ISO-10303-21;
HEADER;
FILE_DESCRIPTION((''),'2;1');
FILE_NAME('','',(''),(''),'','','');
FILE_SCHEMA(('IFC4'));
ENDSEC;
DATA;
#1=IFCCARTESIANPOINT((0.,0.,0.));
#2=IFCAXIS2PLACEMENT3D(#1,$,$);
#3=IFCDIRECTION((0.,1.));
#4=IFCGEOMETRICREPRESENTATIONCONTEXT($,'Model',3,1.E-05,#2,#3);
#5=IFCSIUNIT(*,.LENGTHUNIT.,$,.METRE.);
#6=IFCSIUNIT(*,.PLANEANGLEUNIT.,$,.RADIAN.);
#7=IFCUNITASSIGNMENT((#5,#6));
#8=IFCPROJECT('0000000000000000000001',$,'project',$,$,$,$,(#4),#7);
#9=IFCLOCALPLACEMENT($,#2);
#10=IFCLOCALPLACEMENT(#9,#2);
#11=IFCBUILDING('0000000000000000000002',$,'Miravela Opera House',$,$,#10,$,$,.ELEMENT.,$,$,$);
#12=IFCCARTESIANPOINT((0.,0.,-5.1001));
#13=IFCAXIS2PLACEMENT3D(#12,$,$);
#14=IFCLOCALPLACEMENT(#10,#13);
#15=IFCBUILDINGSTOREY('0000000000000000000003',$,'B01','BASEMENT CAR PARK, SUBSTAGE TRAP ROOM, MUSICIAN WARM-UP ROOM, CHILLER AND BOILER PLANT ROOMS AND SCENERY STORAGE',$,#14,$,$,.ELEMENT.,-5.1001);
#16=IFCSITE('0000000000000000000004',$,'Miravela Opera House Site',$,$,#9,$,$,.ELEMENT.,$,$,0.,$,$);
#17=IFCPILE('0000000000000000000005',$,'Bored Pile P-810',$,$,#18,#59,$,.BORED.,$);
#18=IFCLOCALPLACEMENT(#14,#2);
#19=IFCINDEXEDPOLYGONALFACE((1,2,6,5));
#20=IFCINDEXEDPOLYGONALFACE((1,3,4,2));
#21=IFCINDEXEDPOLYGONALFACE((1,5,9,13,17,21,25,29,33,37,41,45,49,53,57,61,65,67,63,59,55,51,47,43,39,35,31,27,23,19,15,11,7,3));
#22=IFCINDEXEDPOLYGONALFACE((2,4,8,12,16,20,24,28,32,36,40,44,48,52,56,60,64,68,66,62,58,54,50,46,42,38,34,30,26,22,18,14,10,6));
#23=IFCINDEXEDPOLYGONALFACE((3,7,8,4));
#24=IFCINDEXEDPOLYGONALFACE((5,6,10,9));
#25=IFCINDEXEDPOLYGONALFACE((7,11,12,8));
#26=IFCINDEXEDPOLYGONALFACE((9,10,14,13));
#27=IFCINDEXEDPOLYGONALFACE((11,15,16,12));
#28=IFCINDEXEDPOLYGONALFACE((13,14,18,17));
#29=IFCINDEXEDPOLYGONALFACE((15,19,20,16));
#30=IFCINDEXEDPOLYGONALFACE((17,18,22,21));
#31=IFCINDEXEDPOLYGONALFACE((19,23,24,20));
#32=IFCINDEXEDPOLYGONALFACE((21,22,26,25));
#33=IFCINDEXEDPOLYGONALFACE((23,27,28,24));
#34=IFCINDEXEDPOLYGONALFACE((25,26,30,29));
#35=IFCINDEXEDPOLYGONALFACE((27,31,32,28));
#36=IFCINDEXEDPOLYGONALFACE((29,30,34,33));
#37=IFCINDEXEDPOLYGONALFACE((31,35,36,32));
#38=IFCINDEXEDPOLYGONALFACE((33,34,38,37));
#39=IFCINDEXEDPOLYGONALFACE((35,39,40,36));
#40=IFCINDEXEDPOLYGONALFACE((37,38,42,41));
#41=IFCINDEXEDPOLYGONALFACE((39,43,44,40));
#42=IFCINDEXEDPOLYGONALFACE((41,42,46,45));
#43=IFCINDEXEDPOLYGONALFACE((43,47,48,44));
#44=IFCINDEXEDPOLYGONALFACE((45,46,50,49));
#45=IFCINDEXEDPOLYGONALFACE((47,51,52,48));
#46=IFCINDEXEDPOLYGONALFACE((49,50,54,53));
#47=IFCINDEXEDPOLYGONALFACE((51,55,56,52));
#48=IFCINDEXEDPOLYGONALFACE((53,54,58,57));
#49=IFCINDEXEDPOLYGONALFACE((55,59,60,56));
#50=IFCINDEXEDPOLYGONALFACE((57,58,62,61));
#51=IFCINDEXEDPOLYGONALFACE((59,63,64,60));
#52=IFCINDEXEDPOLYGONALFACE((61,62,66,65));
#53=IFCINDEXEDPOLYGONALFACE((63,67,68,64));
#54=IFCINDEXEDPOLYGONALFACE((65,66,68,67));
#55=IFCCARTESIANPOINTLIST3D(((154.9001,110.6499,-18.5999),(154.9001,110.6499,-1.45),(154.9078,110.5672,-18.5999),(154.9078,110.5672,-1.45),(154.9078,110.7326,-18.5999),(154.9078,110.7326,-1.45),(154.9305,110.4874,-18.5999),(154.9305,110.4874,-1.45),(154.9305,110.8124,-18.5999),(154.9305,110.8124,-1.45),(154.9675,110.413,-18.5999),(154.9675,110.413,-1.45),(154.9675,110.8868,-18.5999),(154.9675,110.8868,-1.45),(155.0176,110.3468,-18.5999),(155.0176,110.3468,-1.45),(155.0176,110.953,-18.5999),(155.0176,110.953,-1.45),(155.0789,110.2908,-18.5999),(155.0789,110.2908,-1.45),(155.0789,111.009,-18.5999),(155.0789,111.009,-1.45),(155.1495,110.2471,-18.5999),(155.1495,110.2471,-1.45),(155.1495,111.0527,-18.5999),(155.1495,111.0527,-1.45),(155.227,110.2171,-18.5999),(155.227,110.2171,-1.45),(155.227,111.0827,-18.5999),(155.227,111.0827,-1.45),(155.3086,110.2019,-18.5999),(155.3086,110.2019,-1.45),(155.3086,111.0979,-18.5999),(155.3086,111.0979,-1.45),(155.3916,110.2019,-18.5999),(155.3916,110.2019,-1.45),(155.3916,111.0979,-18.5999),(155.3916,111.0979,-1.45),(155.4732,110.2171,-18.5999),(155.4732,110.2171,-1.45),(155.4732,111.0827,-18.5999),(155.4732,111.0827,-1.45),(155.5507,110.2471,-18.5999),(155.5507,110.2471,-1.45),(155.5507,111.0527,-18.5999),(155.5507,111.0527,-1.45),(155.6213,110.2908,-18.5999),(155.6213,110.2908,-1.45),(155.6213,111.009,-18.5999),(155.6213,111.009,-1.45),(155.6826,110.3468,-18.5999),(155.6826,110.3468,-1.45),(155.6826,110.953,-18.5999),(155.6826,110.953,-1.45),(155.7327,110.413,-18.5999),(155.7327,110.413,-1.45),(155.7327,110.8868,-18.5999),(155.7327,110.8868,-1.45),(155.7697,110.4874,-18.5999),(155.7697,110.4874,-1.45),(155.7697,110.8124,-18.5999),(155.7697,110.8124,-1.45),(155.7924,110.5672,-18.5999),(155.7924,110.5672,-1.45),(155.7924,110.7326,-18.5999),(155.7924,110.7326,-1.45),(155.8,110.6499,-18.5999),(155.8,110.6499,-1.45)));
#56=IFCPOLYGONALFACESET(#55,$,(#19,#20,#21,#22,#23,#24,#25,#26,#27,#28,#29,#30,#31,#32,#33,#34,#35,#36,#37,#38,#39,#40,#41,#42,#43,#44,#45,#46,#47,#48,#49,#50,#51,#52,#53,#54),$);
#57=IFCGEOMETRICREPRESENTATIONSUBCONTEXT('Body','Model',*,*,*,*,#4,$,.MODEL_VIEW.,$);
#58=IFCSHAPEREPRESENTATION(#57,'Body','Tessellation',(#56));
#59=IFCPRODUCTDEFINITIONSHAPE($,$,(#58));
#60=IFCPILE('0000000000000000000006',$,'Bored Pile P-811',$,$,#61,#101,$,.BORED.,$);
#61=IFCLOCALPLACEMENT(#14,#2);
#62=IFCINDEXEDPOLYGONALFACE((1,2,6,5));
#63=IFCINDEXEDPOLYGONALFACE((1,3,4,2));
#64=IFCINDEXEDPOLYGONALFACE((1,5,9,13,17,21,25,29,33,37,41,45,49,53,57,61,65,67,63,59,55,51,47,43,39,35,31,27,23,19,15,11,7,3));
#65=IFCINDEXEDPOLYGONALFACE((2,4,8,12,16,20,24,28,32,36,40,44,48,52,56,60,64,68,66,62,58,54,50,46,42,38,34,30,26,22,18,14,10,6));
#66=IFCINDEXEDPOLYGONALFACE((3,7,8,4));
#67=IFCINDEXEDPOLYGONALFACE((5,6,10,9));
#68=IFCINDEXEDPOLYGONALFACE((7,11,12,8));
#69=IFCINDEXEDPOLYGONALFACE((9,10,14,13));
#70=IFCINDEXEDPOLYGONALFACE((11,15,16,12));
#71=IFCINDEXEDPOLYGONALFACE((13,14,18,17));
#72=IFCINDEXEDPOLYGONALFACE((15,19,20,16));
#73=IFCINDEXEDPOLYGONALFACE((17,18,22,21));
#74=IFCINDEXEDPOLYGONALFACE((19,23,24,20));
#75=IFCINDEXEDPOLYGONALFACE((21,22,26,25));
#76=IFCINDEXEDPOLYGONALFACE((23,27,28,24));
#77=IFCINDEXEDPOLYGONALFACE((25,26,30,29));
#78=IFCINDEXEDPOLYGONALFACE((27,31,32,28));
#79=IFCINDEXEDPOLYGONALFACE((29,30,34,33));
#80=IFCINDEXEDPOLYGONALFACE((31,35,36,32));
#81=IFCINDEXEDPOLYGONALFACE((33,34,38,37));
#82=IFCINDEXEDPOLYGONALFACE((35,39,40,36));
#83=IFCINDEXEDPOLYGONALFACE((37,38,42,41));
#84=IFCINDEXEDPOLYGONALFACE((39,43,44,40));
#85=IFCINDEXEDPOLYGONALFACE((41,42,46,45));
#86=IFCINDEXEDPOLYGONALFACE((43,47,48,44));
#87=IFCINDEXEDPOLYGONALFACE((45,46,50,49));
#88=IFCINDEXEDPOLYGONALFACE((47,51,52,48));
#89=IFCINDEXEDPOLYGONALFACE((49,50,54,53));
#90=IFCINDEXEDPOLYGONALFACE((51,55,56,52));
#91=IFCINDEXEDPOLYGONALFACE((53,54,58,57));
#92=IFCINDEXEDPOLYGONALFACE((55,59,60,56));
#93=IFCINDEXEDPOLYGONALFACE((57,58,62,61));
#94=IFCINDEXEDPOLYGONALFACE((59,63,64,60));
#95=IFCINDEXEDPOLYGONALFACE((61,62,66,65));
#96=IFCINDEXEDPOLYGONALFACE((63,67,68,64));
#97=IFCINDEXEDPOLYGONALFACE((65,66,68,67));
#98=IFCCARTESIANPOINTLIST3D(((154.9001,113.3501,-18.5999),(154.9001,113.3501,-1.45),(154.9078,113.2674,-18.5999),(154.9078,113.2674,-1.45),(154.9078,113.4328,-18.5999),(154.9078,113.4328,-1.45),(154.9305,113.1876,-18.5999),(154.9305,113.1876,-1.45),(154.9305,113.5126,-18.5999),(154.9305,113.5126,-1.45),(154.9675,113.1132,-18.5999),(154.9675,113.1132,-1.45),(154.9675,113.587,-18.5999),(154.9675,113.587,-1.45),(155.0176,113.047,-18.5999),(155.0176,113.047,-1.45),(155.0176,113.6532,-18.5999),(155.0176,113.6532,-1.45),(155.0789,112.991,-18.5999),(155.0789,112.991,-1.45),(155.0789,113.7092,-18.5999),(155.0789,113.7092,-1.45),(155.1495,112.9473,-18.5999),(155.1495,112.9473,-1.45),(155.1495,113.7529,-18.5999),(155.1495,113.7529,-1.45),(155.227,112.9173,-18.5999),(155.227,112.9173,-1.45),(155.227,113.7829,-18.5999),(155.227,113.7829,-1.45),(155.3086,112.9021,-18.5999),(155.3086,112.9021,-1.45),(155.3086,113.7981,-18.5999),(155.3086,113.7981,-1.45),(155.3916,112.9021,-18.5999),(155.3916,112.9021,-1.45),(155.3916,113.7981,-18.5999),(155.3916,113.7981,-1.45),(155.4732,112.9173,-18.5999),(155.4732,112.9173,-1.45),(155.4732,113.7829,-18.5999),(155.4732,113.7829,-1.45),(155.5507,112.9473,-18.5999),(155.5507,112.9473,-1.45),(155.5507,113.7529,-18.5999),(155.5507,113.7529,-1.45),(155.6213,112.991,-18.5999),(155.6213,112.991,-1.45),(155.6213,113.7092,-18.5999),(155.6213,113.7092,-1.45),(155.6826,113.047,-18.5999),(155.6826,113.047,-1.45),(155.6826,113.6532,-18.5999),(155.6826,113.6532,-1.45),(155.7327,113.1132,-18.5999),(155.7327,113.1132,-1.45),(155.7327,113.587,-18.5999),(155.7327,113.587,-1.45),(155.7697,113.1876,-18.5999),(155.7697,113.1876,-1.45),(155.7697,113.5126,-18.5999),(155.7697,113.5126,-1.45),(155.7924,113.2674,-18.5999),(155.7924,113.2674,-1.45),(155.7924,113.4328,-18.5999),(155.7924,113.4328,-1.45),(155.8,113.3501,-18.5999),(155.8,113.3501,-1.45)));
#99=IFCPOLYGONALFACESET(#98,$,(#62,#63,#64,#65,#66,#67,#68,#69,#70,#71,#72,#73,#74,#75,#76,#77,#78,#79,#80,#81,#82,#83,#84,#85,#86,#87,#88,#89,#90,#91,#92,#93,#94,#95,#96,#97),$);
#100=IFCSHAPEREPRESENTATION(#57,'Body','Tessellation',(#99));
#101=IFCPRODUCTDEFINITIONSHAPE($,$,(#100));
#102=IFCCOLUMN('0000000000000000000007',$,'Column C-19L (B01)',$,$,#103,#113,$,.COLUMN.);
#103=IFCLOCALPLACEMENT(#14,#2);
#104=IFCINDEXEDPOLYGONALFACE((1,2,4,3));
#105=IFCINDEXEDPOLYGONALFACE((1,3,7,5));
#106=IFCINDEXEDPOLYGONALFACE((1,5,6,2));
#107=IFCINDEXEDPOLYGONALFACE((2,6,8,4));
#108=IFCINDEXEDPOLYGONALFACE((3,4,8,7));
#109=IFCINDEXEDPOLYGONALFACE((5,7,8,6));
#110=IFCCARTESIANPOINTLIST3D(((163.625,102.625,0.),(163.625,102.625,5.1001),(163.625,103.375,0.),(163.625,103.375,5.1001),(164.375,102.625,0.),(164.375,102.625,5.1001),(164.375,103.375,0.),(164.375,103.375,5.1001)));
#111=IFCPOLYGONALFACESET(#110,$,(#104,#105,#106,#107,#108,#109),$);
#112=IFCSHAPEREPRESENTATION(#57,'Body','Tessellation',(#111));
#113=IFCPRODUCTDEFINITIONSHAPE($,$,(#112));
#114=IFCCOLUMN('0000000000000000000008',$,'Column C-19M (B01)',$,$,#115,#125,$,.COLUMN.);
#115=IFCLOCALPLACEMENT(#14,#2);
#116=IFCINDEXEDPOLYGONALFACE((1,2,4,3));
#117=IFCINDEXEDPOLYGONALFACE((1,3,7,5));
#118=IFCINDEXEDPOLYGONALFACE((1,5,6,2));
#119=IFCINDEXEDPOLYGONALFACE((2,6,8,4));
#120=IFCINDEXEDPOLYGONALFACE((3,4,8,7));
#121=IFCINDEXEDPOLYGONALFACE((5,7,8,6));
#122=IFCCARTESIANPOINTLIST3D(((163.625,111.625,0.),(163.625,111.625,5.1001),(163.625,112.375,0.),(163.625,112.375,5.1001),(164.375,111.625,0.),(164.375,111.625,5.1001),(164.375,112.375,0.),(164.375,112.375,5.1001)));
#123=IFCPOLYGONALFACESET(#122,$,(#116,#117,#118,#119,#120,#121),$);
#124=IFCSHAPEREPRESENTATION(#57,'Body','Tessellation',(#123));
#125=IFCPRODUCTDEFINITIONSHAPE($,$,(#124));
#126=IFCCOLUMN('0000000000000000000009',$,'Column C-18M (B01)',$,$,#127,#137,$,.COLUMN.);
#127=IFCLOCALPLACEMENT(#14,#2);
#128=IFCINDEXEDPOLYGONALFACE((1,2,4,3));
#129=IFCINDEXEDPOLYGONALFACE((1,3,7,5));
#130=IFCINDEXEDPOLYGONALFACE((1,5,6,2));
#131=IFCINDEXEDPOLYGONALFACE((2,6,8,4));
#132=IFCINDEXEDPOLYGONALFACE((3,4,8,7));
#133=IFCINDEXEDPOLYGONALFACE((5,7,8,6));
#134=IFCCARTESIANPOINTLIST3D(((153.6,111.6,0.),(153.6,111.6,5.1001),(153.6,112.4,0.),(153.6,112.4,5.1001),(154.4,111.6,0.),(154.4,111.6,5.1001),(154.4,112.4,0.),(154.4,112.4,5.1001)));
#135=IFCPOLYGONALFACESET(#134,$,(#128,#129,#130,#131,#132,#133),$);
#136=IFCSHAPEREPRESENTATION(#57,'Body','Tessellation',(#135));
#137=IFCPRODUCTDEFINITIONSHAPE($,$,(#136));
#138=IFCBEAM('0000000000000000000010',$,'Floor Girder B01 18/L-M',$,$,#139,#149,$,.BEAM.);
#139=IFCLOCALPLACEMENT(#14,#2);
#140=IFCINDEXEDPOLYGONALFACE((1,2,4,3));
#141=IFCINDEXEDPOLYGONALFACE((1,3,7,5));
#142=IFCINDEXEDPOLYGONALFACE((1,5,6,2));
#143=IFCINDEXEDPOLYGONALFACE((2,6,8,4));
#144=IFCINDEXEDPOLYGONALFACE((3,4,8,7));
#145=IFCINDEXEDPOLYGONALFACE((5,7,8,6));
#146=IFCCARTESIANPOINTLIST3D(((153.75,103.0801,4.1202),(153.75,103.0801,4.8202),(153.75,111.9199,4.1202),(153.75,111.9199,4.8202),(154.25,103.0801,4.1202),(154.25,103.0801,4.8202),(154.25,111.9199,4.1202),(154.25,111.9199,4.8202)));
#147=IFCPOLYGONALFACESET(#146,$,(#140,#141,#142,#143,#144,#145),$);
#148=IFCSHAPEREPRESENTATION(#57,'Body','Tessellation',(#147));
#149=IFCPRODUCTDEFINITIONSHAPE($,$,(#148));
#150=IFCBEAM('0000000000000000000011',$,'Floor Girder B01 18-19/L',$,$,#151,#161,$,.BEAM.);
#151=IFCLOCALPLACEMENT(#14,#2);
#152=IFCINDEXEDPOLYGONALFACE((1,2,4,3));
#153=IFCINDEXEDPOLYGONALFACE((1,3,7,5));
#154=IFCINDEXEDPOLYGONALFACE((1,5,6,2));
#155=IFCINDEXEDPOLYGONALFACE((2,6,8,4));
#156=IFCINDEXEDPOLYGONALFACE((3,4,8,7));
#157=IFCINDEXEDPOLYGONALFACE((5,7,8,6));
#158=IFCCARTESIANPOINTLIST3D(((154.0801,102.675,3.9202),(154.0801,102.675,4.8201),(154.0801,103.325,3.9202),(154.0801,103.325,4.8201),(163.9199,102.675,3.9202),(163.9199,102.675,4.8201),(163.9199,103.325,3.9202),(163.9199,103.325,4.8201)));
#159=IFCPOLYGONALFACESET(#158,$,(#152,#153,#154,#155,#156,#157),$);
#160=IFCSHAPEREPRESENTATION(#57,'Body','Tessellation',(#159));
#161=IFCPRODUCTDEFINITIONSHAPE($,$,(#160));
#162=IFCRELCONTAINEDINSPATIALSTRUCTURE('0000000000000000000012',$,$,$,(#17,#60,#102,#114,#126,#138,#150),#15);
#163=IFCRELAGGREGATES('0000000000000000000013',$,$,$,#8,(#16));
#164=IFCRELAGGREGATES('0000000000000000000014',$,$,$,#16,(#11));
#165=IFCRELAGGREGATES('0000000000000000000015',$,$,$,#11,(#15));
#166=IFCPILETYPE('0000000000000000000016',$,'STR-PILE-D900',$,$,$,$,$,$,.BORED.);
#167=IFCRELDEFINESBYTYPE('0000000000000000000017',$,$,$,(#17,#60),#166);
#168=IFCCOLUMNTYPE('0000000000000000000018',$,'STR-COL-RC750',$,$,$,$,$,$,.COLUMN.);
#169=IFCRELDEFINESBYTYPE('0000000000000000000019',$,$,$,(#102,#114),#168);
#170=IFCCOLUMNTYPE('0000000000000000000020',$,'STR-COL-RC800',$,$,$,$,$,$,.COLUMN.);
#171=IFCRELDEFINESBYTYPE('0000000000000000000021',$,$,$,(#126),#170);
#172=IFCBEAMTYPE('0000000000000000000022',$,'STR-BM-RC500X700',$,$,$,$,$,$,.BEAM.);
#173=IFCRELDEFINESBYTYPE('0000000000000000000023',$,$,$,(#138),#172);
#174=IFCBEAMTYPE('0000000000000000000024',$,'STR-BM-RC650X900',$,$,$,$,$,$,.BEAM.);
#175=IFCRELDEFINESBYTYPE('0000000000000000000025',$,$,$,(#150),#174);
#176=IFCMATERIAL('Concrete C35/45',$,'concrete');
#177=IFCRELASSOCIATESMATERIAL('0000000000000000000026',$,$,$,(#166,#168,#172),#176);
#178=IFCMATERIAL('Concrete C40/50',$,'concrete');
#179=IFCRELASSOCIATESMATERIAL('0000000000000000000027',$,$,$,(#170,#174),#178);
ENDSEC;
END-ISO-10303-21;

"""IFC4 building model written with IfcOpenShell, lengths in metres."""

from ifc_helpers import new_model, si_unit, direction, frame, origin, origin_2d, place, context, subcontext, project, spatial, rectangle, circle, extrude, material, material_profile, profile_set, type_object, element, save


model = new_model("IFC4")

# Units and contexts
model_context = context("Model", 3, precision=1e-05, world=origin(), true_north=direction((0.0, 1.0)))
body_context = subcontext(model_context, "Body", "Model", "MODEL_VIEW")
ifc_project = project(units=[si_unit("LENGTHUNIT", "METRE"), si_unit("PLANEANGLEUNIT", "RADIAN")], contexts=[model_context])

# Site, building, storey
site_placement = place(None, origin())
site = spatial("IfcSite", under=ifc_project, at=site_placement, Name="Miravela Opera House Site", CompositionType="ELEMENT", RefElevation=0.0)
building_placement = place(site_placement, origin())
building = spatial("IfcBuilding", under=site, at=building_placement, Name="Miravela Opera House", CompositionType="ELEMENT")
storey_placement = place(building_placement, frame((0.0, 0.0, -5.1001)))
storey = spatial("IfcBuildingStorey", under=building, at=storey_placement, Name="B01", Description="BASEMENT CAR PARK, SUBSTAGE TRAP ROOM, MUSICIAN WARM-UP ROOM, CHILLER AND BOILER PLANT ROOMS AND SCENERY STORAGE", CompositionType="ELEMENT", Elevation=-5.1001)

# Shared definitions
ifc_material_1 = material(Name="Concrete C35/45", Category="concrete")

# Piles
ifc_material_profile_1 = material_profile(ifc_material_1, circle(Radius=0.45, at=origin_2d()), Name="PILE-D900")
ifc_profile_set_1 = profile_set([ifc_material_profile_1])
pile_type_1 = type_object("IfcPileType", Name="STR-PILE-D900", PredefinedType="BORED", material=ifc_profile_set_1)
for number, where, z_axis, x_axis, name in (
    (1, (155.3501, 110.6499, -1.45), (0.0, 0.0, -1.0), (1.0, 0.0, 0.0), "Bored Pile P-810"),
    (2, (155.3501, 113.3501, -1.45), (0.0, 0.0, -1.0), (1.0, 0.0, 0.0), "Bored Pile P-811"),
):
    element("IfcPile", number, at=place(storey_placement, frame(where, z_axis=z_axis, x_axis=x_axis)), inside=storey, type_object=pile_type_1, Name=name, PredefinedType="BORED", context=body_context, shape_type="SweptSolid", body=[
        extrude(circle(Radius=0.45, at=origin_2d()), origin(), (0.0, 0.0, 1.0), 17.1499),
    ])

# Columns
ifc_material_profile_2 = material_profile(ifc_material_1, rectangle(XDim=0.75, YDim=0.75, at=origin_2d()), Name="RC-COL-750X750")
ifc_profile_set_2 = profile_set([ifc_material_profile_2])
column_type_1 = type_object("IfcColumnType", Name="STR-COL-RC750", PredefinedType="COLUMN", material=ifc_profile_set_2)
for number, where, z_axis, x_axis, name in (
    (3, (164.0, 103.0, 0.0), (0.0, 0.0, 1.0), (1.0, 0.0, 0.0), "Column C-19L (B01)"),
    (4, (164.0, 112.0, 0.0), (0.0, 0.0, 1.0), (1.0, 0.0, 0.0), "Column C-19M (B01)"),
):
    element("IfcColumn", number, at=place(storey_placement, frame(where, z_axis=z_axis, x_axis=x_axis)), inside=storey, type_object=column_type_1, Name=name, PredefinedType="COLUMN", context=body_context, shape_type="SweptSolid", body=[
        extrude(rectangle(XDim=0.75, YDim=0.75, at=origin_2d()), origin(), (0.0, 0.0, 1.0), 5.1001),
    ])
ifc_material_2 = material(Name="Concrete C40/50", Category="concrete")
ifc_material_profile_3 = material_profile(ifc_material_2, rectangle(XDim=0.8, YDim=0.8, at=origin_2d()), Name="RC-COL-800X800")
ifc_profile_set_3 = profile_set([ifc_material_profile_3])
column_type_2 = type_object("IfcColumnType", Name="STR-COL-RC800", PredefinedType="COLUMN", material=ifc_profile_set_3)
column_placement = place(storey_placement, frame((154.0, 112.0, 0.0), z_axis=(0.0, 0.0, 1.0), x_axis=(1.0, 0.0, 0.0)))
element("IfcColumn", 5, at=column_placement, inside=storey, type_object=column_type_2, Name="Column C-18M (B01)", PredefinedType="COLUMN", context=body_context, shape_type="SweptSolid", body=[
    extrude(rectangle(XDim=0.8, YDim=0.8, at=origin_2d()), origin(), (0.0, 0.0, 1.0), 5.1001),
])

# Beams
ifc_material_profile_4 = material_profile(ifc_material_1, rectangle(XDim=0.5, YDim=0.7, at=origin_2d()), Name="RC-BM-500X700")
ifc_profile_set_4 = profile_set([ifc_material_profile_4])
beam_type_1 = type_object("IfcBeamType", Name="STR-BM-RC500X700", PredefinedType="BEAM", material=ifc_profile_set_4)
beam_1_placement = place(storey_placement, frame((154.0, 103.0801, 4.4702), z_axis=(0.0, 1.0, 0.0), x_axis=(-1.0, 0.0, 0.0)))
element("IfcBeam", 6, at=beam_1_placement, inside=storey, type_object=beam_type_1, Name="Floor Girder B01 18/L-M", PredefinedType="BEAM", context=body_context, shape_type="SweptSolid", body=[
    extrude(rectangle(XDim=0.5, YDim=0.7, at=origin_2d()), origin(), (0.0, 0.0, 1.0), 8.8398),
])
ifc_material_profile_5 = material_profile(ifc_material_2, rectangle(XDim=0.6499, YDim=0.8999, at=origin_2d()), Name="RC-BM-650X900")
ifc_profile_set_5 = profile_set([ifc_material_profile_5])
beam_type_2 = type_object("IfcBeamType", Name="STR-BM-RC650X900", PredefinedType="BEAM", material=ifc_profile_set_5)
beam_2_placement = place(storey_placement, frame((154.0801, 103.0, 4.3701), z_axis=(1.0, 0.0, 0.0), x_axis=(0.0, 1.0, 0.0)))
element("IfcBeam", 7, at=beam_2_placement, inside=storey, type_object=beam_type_2, Name="Floor Girder B01 18-19/L", PredefinedType="BEAM", context=body_context, shape_type="SweptSolid", body=[
    extrude(rectangle(XDim=0.6499, YDim=0.8999, at=origin_2d()), origin(), (0.0, 0.0, 1.0), 9.8398),
])

save(model, "model.ifc")
